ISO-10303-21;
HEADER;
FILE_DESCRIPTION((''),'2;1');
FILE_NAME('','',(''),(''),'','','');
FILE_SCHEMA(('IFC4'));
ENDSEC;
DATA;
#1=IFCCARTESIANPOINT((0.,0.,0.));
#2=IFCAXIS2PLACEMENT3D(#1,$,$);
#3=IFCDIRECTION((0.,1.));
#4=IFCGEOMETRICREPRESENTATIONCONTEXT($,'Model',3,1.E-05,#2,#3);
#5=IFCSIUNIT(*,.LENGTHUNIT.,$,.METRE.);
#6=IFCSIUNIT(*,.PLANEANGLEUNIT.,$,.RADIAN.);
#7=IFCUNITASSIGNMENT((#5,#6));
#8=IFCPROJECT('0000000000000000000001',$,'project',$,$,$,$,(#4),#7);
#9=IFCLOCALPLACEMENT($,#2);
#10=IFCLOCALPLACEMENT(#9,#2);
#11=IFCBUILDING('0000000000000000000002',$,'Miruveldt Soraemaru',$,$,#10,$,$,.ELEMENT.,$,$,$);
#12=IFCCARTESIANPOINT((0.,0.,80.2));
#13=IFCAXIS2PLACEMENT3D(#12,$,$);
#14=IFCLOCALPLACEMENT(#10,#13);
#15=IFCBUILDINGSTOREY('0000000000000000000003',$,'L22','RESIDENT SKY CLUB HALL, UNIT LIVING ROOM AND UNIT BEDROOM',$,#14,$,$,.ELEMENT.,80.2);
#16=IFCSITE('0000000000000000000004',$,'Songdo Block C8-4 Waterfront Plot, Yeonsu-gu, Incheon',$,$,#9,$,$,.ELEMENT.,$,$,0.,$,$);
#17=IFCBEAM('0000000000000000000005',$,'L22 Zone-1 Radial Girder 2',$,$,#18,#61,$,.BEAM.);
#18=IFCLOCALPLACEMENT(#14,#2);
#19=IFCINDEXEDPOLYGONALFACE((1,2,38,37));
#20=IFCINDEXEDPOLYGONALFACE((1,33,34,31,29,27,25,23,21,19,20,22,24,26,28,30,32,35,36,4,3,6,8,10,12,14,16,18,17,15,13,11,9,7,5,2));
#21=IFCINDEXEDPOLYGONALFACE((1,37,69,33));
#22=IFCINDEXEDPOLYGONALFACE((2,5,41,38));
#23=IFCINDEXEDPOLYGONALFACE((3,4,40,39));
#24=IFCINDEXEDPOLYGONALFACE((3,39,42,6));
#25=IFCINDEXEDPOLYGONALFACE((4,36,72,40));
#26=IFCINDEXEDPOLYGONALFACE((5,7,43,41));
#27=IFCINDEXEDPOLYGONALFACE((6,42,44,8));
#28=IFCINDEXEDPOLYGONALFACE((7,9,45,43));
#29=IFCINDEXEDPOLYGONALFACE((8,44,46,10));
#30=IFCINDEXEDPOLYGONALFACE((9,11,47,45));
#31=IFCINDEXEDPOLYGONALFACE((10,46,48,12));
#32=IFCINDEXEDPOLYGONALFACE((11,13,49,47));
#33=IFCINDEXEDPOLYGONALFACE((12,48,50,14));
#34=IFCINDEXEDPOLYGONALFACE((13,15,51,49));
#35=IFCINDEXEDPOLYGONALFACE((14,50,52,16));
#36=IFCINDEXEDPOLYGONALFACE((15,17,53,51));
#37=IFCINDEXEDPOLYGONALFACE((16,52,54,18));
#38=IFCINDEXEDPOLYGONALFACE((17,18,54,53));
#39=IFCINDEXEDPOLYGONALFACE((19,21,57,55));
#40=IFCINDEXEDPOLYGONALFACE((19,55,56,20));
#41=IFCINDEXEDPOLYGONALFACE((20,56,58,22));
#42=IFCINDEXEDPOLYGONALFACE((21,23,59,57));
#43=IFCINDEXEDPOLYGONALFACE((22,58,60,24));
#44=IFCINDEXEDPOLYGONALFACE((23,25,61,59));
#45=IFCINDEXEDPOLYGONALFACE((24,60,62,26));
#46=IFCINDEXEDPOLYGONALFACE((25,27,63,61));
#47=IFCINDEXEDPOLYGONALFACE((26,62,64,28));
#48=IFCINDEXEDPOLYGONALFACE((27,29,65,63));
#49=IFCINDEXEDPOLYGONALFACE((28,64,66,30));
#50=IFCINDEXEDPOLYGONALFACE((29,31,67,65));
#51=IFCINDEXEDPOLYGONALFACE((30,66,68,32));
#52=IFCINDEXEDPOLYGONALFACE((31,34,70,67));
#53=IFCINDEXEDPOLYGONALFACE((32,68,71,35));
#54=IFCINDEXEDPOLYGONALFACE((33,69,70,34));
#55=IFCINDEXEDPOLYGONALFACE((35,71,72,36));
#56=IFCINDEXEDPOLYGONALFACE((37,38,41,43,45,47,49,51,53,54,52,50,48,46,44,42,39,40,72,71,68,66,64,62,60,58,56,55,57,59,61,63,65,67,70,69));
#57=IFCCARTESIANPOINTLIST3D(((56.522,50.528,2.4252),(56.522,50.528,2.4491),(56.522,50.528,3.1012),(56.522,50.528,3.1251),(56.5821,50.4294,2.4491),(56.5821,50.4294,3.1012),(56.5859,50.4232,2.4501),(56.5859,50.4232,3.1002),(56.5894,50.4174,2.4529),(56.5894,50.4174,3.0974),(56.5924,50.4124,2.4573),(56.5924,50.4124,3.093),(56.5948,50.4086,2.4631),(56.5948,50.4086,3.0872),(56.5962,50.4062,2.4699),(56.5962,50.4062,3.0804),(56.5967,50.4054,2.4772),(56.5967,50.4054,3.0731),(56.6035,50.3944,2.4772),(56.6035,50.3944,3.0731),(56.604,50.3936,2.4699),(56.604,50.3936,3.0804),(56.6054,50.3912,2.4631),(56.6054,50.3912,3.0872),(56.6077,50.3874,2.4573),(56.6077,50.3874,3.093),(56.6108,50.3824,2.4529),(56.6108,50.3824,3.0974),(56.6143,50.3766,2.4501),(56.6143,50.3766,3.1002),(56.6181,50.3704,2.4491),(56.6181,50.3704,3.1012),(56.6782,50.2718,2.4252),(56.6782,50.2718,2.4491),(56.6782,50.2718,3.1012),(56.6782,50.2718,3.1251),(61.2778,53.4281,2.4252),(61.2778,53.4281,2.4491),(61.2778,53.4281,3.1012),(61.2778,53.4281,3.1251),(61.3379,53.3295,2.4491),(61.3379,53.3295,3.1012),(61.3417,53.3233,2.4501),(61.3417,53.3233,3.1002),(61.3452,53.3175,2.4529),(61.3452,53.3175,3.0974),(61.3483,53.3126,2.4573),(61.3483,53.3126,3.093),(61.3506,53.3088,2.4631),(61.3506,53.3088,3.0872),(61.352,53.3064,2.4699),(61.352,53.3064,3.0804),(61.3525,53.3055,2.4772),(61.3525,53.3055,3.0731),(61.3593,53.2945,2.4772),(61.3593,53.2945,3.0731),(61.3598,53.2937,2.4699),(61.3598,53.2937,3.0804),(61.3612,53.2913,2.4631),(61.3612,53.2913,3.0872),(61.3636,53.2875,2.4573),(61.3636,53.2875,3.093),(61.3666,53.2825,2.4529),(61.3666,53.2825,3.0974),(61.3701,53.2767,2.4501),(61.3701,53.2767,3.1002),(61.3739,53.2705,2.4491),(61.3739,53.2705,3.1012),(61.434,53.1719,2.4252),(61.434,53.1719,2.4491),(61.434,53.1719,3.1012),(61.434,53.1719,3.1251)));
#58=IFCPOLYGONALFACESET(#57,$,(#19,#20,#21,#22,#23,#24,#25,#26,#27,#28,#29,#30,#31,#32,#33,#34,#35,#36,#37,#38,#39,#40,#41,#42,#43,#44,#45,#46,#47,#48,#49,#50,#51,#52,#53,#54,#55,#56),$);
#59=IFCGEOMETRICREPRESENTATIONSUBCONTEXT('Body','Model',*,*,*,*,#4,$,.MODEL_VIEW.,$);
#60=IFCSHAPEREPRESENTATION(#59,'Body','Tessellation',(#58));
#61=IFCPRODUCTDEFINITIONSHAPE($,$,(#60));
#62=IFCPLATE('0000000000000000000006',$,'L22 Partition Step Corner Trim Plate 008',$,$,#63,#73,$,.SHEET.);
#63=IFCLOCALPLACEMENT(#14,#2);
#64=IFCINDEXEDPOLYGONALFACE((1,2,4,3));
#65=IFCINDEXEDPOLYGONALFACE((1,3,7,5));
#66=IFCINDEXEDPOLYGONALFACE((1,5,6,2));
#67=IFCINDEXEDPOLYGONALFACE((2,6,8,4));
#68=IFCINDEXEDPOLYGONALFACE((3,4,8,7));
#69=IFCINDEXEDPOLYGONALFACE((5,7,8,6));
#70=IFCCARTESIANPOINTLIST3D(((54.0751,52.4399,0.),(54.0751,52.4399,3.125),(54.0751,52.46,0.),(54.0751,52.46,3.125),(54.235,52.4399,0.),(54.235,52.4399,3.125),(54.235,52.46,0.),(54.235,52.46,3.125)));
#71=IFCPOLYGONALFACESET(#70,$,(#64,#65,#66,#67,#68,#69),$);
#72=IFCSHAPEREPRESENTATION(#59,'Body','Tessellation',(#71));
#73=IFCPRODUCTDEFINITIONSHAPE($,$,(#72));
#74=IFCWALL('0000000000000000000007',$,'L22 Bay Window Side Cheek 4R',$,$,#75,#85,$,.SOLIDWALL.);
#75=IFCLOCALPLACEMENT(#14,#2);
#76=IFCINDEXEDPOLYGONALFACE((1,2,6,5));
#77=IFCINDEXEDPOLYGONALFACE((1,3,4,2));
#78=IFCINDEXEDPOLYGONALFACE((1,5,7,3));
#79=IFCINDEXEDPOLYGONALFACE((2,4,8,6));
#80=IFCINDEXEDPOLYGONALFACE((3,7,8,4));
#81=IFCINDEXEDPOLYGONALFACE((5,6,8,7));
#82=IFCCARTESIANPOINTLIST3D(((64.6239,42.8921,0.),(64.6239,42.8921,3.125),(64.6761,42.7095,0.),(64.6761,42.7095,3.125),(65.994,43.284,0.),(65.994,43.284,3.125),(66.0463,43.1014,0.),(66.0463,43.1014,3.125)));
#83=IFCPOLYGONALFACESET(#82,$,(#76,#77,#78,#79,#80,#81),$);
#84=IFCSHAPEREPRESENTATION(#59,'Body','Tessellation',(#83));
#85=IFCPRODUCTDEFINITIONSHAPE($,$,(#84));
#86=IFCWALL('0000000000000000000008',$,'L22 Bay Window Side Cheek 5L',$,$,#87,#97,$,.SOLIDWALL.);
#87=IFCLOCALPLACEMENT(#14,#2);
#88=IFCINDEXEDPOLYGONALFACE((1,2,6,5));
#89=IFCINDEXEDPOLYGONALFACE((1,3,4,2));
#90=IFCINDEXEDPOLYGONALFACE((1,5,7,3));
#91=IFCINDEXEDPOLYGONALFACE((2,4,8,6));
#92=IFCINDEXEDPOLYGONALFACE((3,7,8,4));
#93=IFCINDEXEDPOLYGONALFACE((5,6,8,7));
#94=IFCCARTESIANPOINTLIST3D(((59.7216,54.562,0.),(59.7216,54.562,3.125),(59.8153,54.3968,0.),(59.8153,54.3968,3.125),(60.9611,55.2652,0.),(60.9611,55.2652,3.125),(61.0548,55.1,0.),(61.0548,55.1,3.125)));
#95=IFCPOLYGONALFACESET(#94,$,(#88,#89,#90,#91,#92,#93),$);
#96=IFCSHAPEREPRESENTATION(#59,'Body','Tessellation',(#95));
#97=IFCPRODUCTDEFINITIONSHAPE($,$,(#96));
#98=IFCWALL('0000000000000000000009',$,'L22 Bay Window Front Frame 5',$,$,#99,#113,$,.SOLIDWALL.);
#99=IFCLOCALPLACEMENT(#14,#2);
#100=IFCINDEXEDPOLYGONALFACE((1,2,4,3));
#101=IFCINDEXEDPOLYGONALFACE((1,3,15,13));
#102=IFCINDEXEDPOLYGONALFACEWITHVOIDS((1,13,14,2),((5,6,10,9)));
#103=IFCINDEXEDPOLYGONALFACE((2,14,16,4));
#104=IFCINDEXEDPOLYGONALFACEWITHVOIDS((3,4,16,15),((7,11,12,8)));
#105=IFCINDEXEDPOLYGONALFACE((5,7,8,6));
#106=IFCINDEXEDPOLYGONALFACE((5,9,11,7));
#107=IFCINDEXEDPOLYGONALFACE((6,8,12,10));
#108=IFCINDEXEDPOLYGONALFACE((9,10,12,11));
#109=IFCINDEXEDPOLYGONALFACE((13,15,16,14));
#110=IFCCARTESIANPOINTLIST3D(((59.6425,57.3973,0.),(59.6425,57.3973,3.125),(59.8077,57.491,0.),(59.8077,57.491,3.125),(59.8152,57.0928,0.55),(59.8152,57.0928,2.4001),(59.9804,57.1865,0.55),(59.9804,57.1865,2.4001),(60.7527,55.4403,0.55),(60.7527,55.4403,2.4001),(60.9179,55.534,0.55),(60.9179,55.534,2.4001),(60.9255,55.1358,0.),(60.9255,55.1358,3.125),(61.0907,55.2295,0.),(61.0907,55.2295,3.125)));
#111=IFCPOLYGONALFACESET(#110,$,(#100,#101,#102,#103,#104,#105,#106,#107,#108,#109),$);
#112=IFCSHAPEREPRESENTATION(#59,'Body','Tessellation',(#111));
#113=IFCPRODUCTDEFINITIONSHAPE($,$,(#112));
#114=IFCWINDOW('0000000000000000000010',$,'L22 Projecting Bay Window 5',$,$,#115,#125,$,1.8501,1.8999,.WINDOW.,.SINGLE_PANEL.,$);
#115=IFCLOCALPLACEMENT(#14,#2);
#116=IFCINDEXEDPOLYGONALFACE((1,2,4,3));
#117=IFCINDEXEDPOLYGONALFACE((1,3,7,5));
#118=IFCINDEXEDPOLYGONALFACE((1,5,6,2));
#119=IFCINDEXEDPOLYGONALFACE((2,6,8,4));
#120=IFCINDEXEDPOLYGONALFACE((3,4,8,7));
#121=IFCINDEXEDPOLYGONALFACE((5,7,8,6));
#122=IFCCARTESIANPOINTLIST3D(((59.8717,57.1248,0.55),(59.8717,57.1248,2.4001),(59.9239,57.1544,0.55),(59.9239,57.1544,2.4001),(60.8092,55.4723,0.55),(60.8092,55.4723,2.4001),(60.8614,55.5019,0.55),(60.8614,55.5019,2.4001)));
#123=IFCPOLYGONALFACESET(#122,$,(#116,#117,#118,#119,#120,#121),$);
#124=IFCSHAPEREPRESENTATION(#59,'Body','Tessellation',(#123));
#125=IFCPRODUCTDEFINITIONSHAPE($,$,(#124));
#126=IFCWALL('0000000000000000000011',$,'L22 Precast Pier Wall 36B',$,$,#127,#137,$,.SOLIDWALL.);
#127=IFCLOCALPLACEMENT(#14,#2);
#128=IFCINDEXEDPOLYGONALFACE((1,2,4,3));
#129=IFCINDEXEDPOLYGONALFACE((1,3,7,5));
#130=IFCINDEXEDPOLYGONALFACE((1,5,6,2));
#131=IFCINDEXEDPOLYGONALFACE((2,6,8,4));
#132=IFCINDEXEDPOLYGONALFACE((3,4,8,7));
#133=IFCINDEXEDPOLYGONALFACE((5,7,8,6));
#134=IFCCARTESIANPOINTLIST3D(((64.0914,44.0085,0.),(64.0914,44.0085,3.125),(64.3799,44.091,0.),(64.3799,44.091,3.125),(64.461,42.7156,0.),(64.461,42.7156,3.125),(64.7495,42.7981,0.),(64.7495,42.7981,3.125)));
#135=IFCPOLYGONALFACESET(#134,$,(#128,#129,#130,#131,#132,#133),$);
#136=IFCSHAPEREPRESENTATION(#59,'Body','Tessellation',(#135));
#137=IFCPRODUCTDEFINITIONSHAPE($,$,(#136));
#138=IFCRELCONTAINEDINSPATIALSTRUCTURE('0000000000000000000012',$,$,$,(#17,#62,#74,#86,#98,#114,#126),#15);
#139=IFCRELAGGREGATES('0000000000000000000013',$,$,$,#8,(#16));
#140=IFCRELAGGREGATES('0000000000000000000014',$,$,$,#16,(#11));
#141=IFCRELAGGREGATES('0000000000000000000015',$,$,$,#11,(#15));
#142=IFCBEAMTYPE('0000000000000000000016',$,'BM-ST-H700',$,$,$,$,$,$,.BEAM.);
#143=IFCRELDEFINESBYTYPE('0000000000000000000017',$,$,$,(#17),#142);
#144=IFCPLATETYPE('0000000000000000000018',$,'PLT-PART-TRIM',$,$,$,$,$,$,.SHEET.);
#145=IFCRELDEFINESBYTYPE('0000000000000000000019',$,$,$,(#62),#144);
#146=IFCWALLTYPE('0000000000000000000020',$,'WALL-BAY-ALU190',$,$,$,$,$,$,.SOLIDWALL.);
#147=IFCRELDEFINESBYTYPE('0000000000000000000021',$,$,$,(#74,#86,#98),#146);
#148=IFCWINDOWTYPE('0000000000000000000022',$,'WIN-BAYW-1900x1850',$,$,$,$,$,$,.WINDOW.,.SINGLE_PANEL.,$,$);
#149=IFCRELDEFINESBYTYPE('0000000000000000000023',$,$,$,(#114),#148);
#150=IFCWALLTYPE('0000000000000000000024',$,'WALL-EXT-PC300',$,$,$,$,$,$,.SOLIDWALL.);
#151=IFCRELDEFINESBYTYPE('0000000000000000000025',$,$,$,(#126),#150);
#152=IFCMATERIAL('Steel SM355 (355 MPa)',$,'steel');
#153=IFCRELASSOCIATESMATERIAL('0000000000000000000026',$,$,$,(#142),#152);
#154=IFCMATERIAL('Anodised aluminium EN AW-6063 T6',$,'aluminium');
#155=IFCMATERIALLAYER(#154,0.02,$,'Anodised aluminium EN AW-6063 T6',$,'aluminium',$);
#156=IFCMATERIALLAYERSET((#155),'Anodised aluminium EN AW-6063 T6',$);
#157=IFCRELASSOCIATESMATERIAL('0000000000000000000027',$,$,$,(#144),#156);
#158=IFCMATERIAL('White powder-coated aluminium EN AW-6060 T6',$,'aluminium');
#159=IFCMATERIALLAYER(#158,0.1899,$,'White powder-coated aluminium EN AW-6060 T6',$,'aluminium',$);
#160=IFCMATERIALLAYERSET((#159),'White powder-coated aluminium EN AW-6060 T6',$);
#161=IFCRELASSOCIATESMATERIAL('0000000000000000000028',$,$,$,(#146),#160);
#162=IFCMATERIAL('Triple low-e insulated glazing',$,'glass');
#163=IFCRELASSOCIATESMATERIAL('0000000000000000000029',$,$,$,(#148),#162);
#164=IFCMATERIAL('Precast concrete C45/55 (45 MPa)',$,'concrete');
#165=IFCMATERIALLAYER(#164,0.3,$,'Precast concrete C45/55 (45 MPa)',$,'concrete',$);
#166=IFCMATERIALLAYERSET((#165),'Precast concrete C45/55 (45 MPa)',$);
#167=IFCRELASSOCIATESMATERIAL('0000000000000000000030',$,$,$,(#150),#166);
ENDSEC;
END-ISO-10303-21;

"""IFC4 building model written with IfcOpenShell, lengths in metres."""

from ifc_helpers import new_model, si_unit, direction, frame, frame_2d, origin, origin_2d, place, context, subcontext, project, spatial, rectangle, i_section, extrude, material, layer, layer_set, material_profile, profile_set, type_object, element, fill, save


model = new_model("IFC4")

# Units and contexts
model_context = context("Model", 3, precision=1e-05, world=origin(), true_north=direction((0.0, 1.0)))
body_context = subcontext(model_context, "Body", "Model", "MODEL_VIEW")
ifc_project = project(units=[si_unit("LENGTHUNIT", "METRE"), si_unit("PLANEANGLEUNIT", "RADIAN")], contexts=[model_context])

# Site, building, storey
site_placement = place(None, origin())
site = spatial("IfcSite", under=ifc_project, at=site_placement, Name="Songdo Block C8-4 Waterfront Plot, Yeonsu-gu, Incheon", CompositionType="ELEMENT", RefElevation=0.0)
building_placement = place(site_placement, origin())
building = spatial("IfcBuilding", under=site, at=building_placement, Name="Miruveldt Soraemaru", CompositionType="ELEMENT")
storey_placement = place(building_placement, frame((0.0, 0.0, 80.2)))
storey = spatial("IfcBuildingStorey", under=building, at=storey_placement, Name="L22", Description="RESIDENT SKY CLUB HALL, UNIT LIVING ROOM AND UNIT BEDROOM", CompositionType="ELEMENT", Elevation=80.2)

# Beam
ifc_material_1 = material(Name="Steel SM355 (355 MPa)", Category="steel")
ifc_material_profile_1 = material_profile(ifc_material_1, i_section(OverallWidth=0.3, OverallDepth=0.7, WebThickness=0.0129, FlangeThickness=0.0239, FilletRadius=0.0281, at=origin_2d()), Name="Steel SM355 (355 MPa)", Category="steel")
ifc_profile_set_1 = profile_set([ifc_material_profile_1], Name="Steel SM355 (355 MPa)")
beam_type_1 = type_object("IfcBeamType", Name="BM-ST-H700", PredefinedType="BEAM", material=ifc_profile_set_1)
beam_1_placement = place(storey_placement, frame((56.6001, 50.3999, 2.7751), z_axis=(0.853778, 0.520638, 0.0), x_axis=(-0.520638, 0.853778, 0.0)))
element("IfcBeam", 1, at=beam_1_placement, inside=storey, type_object=beam_type_1, Name="L22 Zone-1 Radial Girder 2", PredefinedType="BEAM", context=body_context, shape_type="SweptSolid", body=[
    extrude(i_section(OverallWidth=0.3, OverallDepth=0.7, WebThickness=0.0129, FlangeThickness=0.0239, FilletRadius=0.0281, at=origin_2d()), origin(), (0.0, 0.0, 1.0), 5.5703),
])

# Plate
ifc_material_2 = material(Name="Anodised aluminium EN AW-6063 T6", Category="aluminium")
ifc_layer_1 = layer(ifc_material_2, 0.02, Name="Anodised aluminium EN AW-6063 T6", Category="aluminium")
ifc_layer_set_1 = layer_set([ifc_layer_1], Name="Anodised aluminium EN AW-6063 T6")
plate_type = type_object("IfcPlateType", Name="PLT-PART-TRIM", PredefinedType="SHEET", material=ifc_layer_set_1)
plate_placement = place(storey_placement, frame((54.155, 52.45, 0.0), z_axis=(0.0, 0.0, 1.0), x_axis=(-1.0, 0.0, 0.0)))
element("IfcPlate", 2, at=plate_placement, inside=storey, type_object=plate_type, Name="L22 Partition Step Corner Trim Plate 008", PredefinedType="SHEET", context=body_context, shape_type="SweptSolid", body=[
    extrude(rectangle(XDim=0.1599, YDim=0.02, at=origin_2d()), origin(), (0.0, 0.0, 1.0), 3.125),
])

# Walls
ifc_material_3 = material(Name="White powder-coated aluminium EN AW-6060 T6", Category="aluminium")
ifc_layer_2 = layer(ifc_material_3, 0.1899, Name="White powder-coated aluminium EN AW-6060 T6", Category="aluminium")
ifc_layer_set_2 = layer_set([ifc_layer_2], Name="White powder-coated aluminium EN AW-6060 T6")
wall_type_1 = type_object("IfcWallType", Name="WALL-BAY-ALU190", PredefinedType="SOLIDWALL", material=ifc_layer_set_2)
for number, where, z_axis, x_axis, name in (
    (3, (66.02, 43.1926, 0.0), (0.0, 0.0, 1.0), (-0.961453, -0.27497, 0.0), "L22 Bay Window Side Cheek 4R"),
    (4, (59.7686, 54.4795, 0.0), (0.0, 0.0, 1.0), (0.869799, 0.493406, 0.0), "L22 Bay Window Side Cheek 5L"),
):
    element("IfcWall", number, at=place(storey_placement, frame(where, z_axis=z_axis, x_axis=x_axis)), inside=storey, type_object=wall_type_1, Name=name, PredefinedType="SOLIDWALL", context=body_context, shape_type="SweptSolid", body=[
        extrude(rectangle(XDim=1.425, YDim=0.1899, at=frame_2d((0.7124, 0.0))), origin(), (0.0, 0.0, 1.0), 3.125),
    ])

# Wall, opening, window
wall_1_placement = place(storey_placement, frame((61.0081, 55.1826, 0.0), z_axis=(0.0, 0.0, 1.0), x_axis=(-0.493437, 0.869782, 0.0)))
wall_1 = element("IfcWall", 5, at=wall_1_placement, inside=storey, type_object=wall_type_1, Name="L22 Bay Window Front Frame 5", PredefinedType="SOLIDWALL", context=body_context, shape_type="SweptSolid", body=[
    extrude(rectangle(XDim=2.6001, YDim=0.1899, at=frame_2d((1.3, 0.0))), origin(), (0.0, 0.0, 1.0), 3.125),
])
opening_1_placement = place(wall_1_placement, frame((0.3501, 0.0, 0.55)))
opening_1 = element("IfcOpeningElement", 6, at=opening_1_placement, cuts=wall_1, PredefinedType="OPENING", context=body_context, shape_type="SweptSolid", body=[
    extrude(rectangle(XDim=1.8999, YDim=1.8501, at=frame_2d((0.95, 0.925))), frame((0.0, 0.105, 0.0), z_axis=(0.0, -1.0, 0.0), x_axis=(1.0, 0.0, 0.0)), (0.0, 0.0, 1.0), 0.21),
])
ifc_material_4 = material(Name="Triple low-e insulated glazing", Category="glass")
window_type_1 = type_object("IfcWindowType", Name="WIN-BAYW-1900x1850", PartitioningType="SINGLE_PANEL", PredefinedType="WINDOW", material=ifc_material_4)
window_1_placement = place(opening_1_placement, origin())
window_1 = element("IfcWindow", 7, at=window_1_placement, inside=storey, type_object=window_type_1, Name="L22 Projecting Bay Window 5", OverallHeight=1.8501, OverallWidth=1.8999, PartitioningType="SINGLE_PANEL", PredefinedType="WINDOW", context=body_context, shape_type="SweptSolid", body=[
    extrude(rectangle(XDim=1.8999, YDim=1.8501, at=frame_2d((0.95, 0.925))), frame((0.0, 0.03, 0.0), z_axis=(0.0, -1.0, 0.0), x_axis=(1.0, 0.0, 0.0)), (0.0, 0.0, 1.0), 0.0601),
])
fill(opening_1, window_1)

# Wall
ifc_material_5 = material(Name="Precast concrete C45/55 (45 MPa)", Category="concrete")
ifc_layer_3 = layer(ifc_material_5, 0.3, Name="Precast concrete C45/55 (45 MPa)", Category="concrete")
ifc_layer_set_3 = layer_set([ifc_layer_3], Name="Precast concrete C45/55 (45 MPa)")
wall_type_2 = type_object("IfcWallType", Name="WALL-EXT-PC300", PredefinedType="SOLIDWALL", material=ifc_layer_set_3)
wall_2_placement = place(storey_placement, frame((64.6052, 42.7568, 0.0), z_axis=(0.0, 0.0, 1.0), x_axis=(-0.274865, 0.961483, 0.0)))
element("IfcWall", 8, at=wall_2_placement, inside=storey, type_object=wall_type_2, Name="L22 Precast Pier Wall 36B", PredefinedType="SOLIDWALL", context=body_context, shape_type="SweptSolid", body=[
    extrude(rectangle(XDim=1.3447, YDim=0.3, at=frame_2d((0.6724, 0.0))), origin(), (0.0, 0.0, 1.0), 3.125),
])

save(model, "model.ifc")
